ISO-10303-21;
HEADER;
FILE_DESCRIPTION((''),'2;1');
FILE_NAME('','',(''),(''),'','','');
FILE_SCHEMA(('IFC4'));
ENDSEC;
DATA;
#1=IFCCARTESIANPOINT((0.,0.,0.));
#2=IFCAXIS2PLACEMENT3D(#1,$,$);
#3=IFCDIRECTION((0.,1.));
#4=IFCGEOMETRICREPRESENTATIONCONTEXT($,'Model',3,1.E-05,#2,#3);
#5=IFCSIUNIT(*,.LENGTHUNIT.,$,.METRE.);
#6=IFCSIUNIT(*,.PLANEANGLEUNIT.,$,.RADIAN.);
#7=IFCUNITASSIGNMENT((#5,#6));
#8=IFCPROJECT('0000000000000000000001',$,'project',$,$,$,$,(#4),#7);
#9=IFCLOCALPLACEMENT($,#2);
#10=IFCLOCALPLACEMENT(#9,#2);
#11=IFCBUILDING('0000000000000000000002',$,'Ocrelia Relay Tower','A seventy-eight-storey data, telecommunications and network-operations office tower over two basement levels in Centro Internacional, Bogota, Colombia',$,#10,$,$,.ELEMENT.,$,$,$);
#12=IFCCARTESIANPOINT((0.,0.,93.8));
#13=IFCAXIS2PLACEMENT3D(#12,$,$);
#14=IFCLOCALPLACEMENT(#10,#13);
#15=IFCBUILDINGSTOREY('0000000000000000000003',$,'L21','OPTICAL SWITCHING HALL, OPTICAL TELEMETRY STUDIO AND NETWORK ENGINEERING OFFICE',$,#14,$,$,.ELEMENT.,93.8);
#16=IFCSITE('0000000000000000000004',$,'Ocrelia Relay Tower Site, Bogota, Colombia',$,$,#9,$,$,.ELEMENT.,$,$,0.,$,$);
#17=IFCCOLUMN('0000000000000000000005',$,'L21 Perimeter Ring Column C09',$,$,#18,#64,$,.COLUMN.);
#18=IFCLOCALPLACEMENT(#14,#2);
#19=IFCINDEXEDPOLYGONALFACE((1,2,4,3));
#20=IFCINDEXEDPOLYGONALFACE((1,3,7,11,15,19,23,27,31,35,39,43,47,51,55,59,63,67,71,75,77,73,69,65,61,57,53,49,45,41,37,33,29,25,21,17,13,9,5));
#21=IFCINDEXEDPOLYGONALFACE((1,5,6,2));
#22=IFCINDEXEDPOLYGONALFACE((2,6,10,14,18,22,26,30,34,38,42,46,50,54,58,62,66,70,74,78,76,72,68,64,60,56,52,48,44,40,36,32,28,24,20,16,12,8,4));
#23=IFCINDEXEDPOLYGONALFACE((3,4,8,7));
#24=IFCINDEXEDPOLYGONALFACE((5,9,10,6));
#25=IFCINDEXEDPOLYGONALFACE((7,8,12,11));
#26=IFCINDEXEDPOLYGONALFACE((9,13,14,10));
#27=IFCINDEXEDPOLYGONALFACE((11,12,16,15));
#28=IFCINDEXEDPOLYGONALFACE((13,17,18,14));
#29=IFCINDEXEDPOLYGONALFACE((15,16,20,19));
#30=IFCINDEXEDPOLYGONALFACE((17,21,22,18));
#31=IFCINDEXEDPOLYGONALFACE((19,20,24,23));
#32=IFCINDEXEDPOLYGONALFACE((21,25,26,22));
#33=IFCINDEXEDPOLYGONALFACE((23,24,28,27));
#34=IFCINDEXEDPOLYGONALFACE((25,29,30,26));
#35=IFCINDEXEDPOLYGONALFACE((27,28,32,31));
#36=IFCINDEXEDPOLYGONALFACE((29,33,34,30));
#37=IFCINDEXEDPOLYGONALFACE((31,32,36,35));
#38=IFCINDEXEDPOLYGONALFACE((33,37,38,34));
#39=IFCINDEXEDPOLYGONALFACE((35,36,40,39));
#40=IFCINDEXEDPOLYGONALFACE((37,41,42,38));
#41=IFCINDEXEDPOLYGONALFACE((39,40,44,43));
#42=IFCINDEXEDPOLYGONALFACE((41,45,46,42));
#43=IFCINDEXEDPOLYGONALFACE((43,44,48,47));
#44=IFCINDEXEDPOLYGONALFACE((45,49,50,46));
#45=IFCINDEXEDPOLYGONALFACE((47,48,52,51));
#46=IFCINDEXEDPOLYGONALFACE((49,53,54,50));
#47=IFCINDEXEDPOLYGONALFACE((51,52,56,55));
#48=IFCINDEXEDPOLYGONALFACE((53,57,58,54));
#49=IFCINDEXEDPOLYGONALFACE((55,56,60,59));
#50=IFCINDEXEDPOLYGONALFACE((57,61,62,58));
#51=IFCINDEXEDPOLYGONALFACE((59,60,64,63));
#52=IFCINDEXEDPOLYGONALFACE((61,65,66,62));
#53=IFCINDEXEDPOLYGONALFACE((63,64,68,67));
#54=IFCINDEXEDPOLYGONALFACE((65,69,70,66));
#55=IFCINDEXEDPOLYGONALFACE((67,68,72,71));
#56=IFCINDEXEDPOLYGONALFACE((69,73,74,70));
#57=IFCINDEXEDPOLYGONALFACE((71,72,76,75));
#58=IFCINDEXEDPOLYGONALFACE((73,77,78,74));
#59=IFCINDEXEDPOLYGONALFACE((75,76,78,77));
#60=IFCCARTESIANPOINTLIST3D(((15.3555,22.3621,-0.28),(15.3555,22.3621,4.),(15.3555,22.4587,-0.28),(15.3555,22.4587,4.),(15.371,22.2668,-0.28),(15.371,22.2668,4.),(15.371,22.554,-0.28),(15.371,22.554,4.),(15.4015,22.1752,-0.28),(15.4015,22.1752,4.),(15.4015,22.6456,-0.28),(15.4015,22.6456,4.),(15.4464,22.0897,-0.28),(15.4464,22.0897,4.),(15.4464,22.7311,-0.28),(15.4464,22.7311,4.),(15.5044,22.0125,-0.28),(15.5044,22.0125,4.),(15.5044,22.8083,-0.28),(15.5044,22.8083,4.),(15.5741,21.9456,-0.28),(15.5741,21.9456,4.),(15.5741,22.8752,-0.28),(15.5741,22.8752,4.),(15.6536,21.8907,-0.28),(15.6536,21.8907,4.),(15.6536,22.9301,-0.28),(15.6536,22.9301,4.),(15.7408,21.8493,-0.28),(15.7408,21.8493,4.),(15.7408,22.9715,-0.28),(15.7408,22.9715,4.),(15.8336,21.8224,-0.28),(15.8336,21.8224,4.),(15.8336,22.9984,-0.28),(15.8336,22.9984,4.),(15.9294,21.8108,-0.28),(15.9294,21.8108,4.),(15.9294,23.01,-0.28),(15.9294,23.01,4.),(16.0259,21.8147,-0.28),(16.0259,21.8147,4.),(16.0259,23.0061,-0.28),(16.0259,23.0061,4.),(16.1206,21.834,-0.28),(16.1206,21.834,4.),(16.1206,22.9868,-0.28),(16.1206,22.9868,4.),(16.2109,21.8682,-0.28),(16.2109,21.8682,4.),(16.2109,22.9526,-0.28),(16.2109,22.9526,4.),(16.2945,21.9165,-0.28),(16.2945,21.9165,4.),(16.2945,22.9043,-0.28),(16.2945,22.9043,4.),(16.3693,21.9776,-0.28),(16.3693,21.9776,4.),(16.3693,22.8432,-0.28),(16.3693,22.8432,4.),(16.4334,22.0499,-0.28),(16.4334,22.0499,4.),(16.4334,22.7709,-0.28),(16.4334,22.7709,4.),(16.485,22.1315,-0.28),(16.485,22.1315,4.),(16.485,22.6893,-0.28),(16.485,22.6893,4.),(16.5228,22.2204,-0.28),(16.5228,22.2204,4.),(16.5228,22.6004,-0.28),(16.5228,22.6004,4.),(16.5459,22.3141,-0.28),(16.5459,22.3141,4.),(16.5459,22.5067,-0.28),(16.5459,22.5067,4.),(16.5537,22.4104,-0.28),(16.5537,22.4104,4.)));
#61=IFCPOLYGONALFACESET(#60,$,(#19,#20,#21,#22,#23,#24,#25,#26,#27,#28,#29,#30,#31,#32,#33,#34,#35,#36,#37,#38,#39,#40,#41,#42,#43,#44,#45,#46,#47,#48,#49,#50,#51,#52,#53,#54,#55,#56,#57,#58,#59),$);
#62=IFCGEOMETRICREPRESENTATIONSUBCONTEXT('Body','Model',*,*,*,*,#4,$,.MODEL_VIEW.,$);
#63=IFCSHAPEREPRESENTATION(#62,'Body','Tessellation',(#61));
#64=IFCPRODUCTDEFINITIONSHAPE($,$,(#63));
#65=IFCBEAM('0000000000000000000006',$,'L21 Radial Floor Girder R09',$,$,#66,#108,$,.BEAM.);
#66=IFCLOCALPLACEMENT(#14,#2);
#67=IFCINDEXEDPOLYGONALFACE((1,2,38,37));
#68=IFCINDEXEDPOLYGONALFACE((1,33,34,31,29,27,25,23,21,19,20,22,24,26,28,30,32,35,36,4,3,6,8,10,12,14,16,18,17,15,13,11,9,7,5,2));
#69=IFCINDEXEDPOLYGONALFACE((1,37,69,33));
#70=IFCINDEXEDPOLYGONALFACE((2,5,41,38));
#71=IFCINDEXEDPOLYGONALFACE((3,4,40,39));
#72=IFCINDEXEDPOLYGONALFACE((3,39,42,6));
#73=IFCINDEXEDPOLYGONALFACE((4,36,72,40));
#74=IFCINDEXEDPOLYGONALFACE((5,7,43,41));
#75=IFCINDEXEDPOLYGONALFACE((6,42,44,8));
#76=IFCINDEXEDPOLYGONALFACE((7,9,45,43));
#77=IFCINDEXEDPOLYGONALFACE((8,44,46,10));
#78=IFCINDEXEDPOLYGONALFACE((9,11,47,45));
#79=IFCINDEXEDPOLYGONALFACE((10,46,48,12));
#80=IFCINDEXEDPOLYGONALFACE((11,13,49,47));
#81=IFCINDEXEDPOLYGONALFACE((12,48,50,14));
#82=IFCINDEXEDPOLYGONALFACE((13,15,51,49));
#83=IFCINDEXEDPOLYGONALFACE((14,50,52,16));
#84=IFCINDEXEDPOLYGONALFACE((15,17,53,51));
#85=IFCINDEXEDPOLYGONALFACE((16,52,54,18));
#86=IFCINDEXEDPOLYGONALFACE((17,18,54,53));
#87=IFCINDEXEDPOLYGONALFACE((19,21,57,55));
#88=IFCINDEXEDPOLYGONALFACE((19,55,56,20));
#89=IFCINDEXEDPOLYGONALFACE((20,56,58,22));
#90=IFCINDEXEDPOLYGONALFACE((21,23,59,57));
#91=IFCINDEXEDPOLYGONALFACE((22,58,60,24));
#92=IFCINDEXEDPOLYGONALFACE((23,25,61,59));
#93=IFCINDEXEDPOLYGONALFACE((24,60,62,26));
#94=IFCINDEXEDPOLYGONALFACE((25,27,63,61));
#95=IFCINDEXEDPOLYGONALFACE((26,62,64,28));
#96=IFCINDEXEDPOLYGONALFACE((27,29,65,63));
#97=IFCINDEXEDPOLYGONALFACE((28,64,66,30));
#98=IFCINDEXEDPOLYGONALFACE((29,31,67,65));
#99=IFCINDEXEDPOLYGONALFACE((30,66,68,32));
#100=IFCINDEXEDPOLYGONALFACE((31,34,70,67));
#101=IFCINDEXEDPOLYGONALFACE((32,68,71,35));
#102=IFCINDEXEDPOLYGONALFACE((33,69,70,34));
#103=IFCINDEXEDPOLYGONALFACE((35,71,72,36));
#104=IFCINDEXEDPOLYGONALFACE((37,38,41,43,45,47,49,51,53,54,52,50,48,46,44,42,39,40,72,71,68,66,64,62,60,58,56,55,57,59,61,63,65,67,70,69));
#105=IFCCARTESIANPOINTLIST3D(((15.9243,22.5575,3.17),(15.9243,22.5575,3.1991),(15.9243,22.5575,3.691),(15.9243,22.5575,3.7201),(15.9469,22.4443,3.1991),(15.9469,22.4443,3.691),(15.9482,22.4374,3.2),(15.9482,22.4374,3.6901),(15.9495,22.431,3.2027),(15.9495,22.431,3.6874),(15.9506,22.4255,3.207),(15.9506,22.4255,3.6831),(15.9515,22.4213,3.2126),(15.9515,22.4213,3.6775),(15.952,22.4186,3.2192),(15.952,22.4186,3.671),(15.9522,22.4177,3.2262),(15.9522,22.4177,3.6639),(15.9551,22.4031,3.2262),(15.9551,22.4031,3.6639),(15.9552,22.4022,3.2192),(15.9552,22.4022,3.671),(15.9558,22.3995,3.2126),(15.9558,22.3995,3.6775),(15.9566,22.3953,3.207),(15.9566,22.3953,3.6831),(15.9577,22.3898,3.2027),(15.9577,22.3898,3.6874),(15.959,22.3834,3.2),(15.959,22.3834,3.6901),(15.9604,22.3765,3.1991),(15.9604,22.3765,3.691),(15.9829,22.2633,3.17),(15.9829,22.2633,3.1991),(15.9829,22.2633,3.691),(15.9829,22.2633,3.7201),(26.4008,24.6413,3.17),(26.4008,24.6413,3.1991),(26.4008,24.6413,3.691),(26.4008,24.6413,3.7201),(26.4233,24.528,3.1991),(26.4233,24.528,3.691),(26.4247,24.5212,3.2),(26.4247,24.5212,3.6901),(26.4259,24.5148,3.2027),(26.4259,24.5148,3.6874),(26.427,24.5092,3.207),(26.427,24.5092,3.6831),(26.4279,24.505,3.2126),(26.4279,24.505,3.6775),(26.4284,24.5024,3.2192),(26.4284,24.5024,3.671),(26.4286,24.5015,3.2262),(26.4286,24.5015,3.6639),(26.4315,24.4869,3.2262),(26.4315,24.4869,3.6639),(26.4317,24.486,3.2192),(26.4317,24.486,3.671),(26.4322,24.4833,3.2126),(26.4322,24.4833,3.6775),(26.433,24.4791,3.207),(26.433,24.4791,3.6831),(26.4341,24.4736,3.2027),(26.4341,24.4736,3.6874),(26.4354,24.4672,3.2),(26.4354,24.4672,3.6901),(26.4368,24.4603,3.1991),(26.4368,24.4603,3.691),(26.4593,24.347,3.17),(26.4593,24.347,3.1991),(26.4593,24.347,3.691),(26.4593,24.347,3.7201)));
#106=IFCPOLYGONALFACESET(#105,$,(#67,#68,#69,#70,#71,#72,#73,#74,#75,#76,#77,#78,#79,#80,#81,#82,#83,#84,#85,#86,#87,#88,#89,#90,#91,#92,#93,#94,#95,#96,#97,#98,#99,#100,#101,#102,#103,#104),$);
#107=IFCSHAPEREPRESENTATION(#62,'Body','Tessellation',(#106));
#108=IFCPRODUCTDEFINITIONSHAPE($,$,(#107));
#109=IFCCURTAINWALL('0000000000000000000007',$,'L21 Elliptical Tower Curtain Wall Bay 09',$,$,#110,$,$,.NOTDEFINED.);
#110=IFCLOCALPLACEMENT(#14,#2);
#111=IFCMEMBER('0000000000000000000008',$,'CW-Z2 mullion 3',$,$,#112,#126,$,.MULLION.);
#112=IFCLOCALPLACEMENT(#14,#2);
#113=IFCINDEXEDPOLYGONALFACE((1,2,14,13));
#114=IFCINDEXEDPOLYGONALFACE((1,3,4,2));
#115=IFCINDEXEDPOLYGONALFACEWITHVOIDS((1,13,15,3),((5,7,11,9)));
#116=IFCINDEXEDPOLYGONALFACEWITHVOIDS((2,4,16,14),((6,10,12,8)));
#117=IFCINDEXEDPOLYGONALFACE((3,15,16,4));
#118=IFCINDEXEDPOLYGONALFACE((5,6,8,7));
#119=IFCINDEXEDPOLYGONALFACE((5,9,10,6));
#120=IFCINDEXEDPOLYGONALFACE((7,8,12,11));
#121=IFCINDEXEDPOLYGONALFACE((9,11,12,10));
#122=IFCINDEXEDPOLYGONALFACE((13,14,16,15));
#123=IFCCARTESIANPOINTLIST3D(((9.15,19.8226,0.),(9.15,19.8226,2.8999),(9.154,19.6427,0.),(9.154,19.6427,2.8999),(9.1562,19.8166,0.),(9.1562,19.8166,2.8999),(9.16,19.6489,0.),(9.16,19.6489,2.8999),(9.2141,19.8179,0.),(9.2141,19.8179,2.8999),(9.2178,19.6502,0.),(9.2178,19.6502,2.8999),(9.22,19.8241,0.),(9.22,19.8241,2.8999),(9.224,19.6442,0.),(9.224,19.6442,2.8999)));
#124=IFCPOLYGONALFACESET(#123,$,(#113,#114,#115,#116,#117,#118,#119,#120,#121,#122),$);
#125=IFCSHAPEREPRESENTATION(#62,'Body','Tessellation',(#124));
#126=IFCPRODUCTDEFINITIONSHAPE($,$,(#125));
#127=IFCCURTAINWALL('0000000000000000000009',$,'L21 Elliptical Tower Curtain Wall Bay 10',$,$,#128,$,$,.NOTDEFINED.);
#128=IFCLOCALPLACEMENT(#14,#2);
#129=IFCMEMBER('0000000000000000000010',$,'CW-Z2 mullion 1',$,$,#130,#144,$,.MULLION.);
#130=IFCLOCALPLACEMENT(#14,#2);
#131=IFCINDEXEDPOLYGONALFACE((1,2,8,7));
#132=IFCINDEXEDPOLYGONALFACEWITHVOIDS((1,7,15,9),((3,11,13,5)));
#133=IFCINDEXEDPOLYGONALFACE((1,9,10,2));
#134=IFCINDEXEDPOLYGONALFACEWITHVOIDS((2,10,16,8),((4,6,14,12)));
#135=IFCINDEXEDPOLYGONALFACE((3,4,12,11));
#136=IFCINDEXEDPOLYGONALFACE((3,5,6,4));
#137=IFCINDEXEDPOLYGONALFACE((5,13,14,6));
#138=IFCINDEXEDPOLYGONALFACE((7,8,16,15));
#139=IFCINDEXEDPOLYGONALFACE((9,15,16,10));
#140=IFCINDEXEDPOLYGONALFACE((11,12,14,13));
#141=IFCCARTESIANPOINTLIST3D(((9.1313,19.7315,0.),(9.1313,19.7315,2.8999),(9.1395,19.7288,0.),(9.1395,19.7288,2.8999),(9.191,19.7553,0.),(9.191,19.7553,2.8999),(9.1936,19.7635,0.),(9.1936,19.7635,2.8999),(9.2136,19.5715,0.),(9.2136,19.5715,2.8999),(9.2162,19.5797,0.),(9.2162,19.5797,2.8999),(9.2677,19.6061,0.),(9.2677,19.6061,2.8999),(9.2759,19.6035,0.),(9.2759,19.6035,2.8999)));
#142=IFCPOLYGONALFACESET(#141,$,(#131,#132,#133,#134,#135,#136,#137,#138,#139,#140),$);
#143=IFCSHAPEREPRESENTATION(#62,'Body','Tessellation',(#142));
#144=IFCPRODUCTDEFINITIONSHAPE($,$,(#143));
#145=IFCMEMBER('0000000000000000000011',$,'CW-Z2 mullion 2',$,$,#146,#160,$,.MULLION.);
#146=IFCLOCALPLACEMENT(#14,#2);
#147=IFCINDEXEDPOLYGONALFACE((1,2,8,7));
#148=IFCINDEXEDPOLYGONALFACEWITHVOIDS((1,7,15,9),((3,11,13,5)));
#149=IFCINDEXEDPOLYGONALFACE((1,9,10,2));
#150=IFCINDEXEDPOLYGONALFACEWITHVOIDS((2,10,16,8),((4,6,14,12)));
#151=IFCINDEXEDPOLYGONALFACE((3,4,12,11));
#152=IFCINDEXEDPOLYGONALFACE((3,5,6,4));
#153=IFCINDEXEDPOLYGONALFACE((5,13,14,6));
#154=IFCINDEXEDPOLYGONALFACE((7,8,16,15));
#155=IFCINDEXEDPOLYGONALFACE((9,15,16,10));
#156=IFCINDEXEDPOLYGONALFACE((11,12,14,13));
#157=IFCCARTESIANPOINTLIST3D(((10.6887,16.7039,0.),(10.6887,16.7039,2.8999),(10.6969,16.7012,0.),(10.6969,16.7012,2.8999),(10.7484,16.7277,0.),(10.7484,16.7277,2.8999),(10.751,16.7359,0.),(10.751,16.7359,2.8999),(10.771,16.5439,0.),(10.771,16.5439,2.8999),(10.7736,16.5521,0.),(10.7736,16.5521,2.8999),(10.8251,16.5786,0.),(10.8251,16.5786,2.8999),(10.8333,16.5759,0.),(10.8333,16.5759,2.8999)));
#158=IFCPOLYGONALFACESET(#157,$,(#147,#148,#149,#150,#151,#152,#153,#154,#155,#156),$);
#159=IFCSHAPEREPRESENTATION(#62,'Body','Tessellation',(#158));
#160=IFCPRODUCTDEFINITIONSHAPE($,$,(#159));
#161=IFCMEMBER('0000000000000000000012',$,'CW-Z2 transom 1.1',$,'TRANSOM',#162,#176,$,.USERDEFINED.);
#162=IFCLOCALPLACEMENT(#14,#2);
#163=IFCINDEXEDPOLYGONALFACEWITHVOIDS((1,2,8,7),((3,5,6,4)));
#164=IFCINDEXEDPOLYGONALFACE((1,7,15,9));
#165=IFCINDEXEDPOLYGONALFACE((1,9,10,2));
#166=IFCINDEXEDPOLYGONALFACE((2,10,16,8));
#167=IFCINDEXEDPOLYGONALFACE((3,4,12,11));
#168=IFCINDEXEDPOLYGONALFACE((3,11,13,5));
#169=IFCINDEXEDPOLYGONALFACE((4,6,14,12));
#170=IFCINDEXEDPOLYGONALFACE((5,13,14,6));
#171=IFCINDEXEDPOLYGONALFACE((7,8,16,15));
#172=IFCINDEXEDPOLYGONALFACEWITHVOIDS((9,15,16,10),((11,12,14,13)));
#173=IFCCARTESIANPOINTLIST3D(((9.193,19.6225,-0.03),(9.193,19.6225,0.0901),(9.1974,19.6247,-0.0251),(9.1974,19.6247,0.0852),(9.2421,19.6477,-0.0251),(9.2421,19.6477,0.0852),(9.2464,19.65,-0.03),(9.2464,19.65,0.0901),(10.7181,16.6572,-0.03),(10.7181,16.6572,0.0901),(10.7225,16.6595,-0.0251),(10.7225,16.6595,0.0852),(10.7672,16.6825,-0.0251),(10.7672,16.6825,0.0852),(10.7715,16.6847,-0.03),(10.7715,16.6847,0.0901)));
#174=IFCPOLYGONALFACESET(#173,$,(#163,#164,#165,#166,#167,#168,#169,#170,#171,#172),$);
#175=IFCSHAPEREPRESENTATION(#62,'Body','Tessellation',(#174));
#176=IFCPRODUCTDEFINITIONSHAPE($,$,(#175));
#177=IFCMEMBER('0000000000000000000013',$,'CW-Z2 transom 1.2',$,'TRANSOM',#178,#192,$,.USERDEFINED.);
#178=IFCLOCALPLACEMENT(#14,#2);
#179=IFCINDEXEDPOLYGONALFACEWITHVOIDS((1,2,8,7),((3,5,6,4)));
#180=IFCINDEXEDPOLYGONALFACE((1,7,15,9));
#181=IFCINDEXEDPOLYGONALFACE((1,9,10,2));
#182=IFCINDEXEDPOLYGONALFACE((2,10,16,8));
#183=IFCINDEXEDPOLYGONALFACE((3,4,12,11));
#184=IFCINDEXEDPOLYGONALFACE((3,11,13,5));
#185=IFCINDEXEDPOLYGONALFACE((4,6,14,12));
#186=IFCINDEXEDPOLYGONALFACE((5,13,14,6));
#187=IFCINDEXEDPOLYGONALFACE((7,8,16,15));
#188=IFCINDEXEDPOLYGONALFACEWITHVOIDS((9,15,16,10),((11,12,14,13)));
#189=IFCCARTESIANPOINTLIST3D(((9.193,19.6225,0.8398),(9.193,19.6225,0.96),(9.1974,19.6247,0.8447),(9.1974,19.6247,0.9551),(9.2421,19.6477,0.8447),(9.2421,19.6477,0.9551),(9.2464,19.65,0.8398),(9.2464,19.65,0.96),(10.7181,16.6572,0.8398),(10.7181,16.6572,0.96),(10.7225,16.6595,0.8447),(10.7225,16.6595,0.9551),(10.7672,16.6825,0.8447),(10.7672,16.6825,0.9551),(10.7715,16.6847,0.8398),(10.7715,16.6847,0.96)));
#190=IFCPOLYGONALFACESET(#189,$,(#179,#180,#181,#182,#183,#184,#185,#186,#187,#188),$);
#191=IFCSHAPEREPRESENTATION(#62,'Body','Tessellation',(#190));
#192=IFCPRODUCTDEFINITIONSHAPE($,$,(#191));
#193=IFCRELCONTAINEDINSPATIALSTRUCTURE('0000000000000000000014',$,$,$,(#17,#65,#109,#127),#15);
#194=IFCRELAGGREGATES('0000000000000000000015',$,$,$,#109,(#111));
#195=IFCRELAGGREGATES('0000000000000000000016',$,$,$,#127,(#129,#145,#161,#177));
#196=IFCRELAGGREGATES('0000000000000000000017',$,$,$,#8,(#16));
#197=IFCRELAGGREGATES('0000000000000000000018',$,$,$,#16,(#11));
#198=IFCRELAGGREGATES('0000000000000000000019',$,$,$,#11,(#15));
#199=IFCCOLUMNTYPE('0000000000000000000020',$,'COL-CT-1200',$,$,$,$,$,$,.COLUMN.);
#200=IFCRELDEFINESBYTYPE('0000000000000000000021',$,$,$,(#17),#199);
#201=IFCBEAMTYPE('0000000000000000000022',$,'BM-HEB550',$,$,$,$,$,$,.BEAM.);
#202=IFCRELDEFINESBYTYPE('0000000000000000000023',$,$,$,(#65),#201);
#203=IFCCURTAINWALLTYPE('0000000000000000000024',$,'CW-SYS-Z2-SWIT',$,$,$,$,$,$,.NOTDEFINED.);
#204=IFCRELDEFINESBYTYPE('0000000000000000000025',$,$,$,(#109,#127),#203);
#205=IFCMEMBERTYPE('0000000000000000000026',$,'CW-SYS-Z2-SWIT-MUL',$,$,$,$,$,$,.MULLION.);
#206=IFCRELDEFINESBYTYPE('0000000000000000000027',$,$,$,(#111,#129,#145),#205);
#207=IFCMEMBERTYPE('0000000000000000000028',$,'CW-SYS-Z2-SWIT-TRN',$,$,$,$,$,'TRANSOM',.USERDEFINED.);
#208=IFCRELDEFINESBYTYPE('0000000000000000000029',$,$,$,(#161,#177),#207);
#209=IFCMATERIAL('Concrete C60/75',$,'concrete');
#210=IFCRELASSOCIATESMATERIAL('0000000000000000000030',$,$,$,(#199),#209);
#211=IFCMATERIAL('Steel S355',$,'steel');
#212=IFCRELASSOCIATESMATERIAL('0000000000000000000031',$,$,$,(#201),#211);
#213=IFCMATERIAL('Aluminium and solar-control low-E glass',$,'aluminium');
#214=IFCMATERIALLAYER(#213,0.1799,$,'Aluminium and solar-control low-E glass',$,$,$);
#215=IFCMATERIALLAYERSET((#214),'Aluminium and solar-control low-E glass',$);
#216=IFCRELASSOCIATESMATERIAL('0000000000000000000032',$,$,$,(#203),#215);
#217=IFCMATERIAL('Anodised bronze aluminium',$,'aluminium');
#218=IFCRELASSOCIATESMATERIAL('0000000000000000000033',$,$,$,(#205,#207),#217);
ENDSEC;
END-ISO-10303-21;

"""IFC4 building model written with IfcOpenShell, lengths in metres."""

from ifc_helpers import new_model, si_unit, direction, frame, origin, origin_2d, place, context, subcontext, project, spatial, hollow_rectangle, circle, i_section, extrude, material, layer, layer_set, material_profile, profile_set, type_object, element, aggregate, save


model = new_model("IFC4")

# Units and contexts
model_context = context("Model", 3, precision=1e-05, world=origin(), true_north=direction((0.0, 1.0)))
body_context = subcontext(model_context, "Body", "Model", "MODEL_VIEW")
ifc_project = project(units=[si_unit("LENGTHUNIT", "METRE"), si_unit("PLANEANGLEUNIT", "RADIAN")], contexts=[model_context])

# Site, building, storey
site_placement = place(None, origin())
site = spatial("IfcSite", under=ifc_project, at=site_placement, Name="Ocrelia Relay Tower Site, Bogota, Colombia", CompositionType="ELEMENT", RefElevation=0.0)
building_placement = place(site_placement, origin())
building = spatial("IfcBuilding", under=site, at=building_placement, Name="Ocrelia Relay Tower", Description="A seventy-eight-storey data, telecommunications and network-operations office tower over two basement levels in Centro Internacional, Bogota, Colombia", CompositionType="ELEMENT")
storey_placement = place(building_placement, frame((0.0, 0.0, 93.8)))
storey = spatial("IfcBuildingStorey", under=building, at=storey_placement, Name="L21", Description="OPTICAL SWITCHING HALL, OPTICAL TELEMETRY STUDIO AND NETWORK ENGINEERING OFFICE", CompositionType="ELEMENT", Elevation=93.8)

# Column
ifc_material_1 = material(Name="Concrete C60/75", Category="concrete")
ifc_material_profile_1 = material_profile(ifc_material_1, circle(Radius=0.6001, at=origin_2d()), Name="RC-CIR-1200")
ifc_profile_set_1 = profile_set([ifc_material_profile_1], Name="Concrete C60/75")
column_type = type_object("IfcColumnType", Name="COL-CT-1200", PredefinedType="COLUMN", material=ifc_profile_set_1)
column_placement = place(storey_placement, frame((15.9536, 22.4104, -0.28), z_axis=(0.0, 0.0, 1.0), x_axis=(1.0, 0.0, 0.0)))
element("IfcColumn", 1, at=column_placement, inside=storey, type_object=column_type, Name="L21 Perimeter Ring Column C09", PredefinedType="COLUMN", context=body_context, shape_type="SweptSolid", body=[
    extrude(circle(Radius=0.6001, at=origin_2d()), origin(), (0.0, 0.0, 1.0), 4.28),
])

# Beam
ifc_material_2 = material(Name="Steel S355", Category="steel")
ifc_material_profile_2 = material_profile(ifc_material_2, i_section(OverallWidth=0.3, OverallDepth=0.55, WebThickness=0.0149, FlangeThickness=0.0291, FilletRadius=0.0271, at=origin_2d()), Name="HEB 550")
ifc_profile_set_2 = profile_set([ifc_material_profile_2], Name="Steel S355")
beam_type = type_object("IfcBeamType", Name="BM-HEB550", PredefinedType="BEAM", material=ifc_profile_set_2)
beam_placement = place(storey_placement, frame((15.9536, 22.4104, 3.4451), z_axis=(0.980788, 0.195079, 0.0), x_axis=(-0.195079, 0.980788, 0.0)))
element("IfcBeam", 2, at=beam_placement, inside=storey, type_object=beam_type, Name="L21 Radial Floor Girder R09", PredefinedType="BEAM", context=body_context, shape_type="SweptSolid", body=[
    extrude(i_section(OverallWidth=0.3, OverallDepth=0.55, WebThickness=0.0149, FlangeThickness=0.0291, FilletRadius=0.0271, at=origin_2d()), origin(), (0.0, 0.0, 1.0), 10.6816),
])

# Curtain wall, member
ifc_material_3 = material(Name="Aluminium and solar-control low-E glass", Category="aluminium")
ifc_layer_1 = layer(ifc_material_3, 0.1799, Name="Aluminium and solar-control low-E glass")
ifc_layer_set_1 = layer_set([ifc_layer_1], Name="Aluminium and solar-control low-E glass")
curtain_wall_type = type_object("IfcCurtainWallType", Name="CW-SYS-Z2-SWIT", PredefinedType="NOTDEFINED", material=ifc_layer_set_1)
curtain_wall_1_placement = place(storey_placement, origin())
curtain_wall_1 = element("IfcCurtainWall", 3, at=curtain_wall_1_placement, inside=storey, type_object=curtain_wall_type, Name="L21 Elliptical Tower Curtain Wall Bay 09", PredefinedType="NOTDEFINED")
ifc_material_4 = material(Name="Anodised bronze aluminium", Category="aluminium")
ifc_material_profile_3 = material_profile(ifc_material_4, hollow_rectangle(XDim=0.0701, YDim=0.1799, WallThickness=0.0061, at=origin_2d()), Name="CW-MUL-180x70")
ifc_profile_set_3 = profile_set([ifc_material_profile_3], Name="Anodised bronze aluminium")
member_type_1 = type_object("IfcMemberType", Name="CW-SYS-Z2-SWIT-MUL", PredefinedType="MULLION", material=ifc_profile_set_3)
member_1_placement = place(storey_placement, frame((9.187, 19.7334, 0.0), z_axis=(0.0, 0.0, 1.0), x_axis=(0.99975, 0.022358, 0.0)))
member_1 = element("IfcMember", 4, at=member_1_placement, type_object=member_type_1, Name="CW-Z2 mullion 3", PredefinedType="MULLION", context=body_context, shape_type="SweptSolid", body=[
    extrude(hollow_rectangle(XDim=0.0701, YDim=0.1799, WallThickness=0.0061, at=origin_2d()), origin(), (0.0, 0.0, 1.0), 2.8999),
])

# Curtain wall, members
curtain_wall_2_placement = place(storey_placement, origin())
curtain_wall_2 = element("IfcCurtainWall", 5, at=curtain_wall_2_placement, inside=storey, type_object=curtain_wall_type, Name="L21 Elliptical Tower Curtain Wall Bay 10", PredefinedType="NOTDEFINED")
member_2_placement = place(storey_placement, frame((9.2036, 19.6675, 0.0), z_axis=(0.0, 0.0, 1.0), x_axis=(0.889261, 0.457401, 0.0)))
member_2 = element("IfcMember", 6, at=member_2_placement, type_object=member_type_1, Name="CW-Z2 mullion 1", PredefinedType="MULLION", context=body_context, shape_type="SweptSolid", body=[
    extrude(hollow_rectangle(XDim=0.0701, YDim=0.1799, WallThickness=0.0061, at=origin_2d()), origin(), (0.0, 0.0, 1.0), 2.8999),
])
member_3_placement = place(storey_placement, frame((10.761, 16.6399, 0.0), z_axis=(0.0, 0.0, 1.0), x_axis=(0.889261, 0.457401, 0.0)))
member_3 = element("IfcMember", 7, at=member_3_placement, type_object=member_type_1, Name="CW-Z2 mullion 2", PredefinedType="MULLION", context=body_context, shape_type="SweptSolid", body=[
    extrude(hollow_rectangle(XDim=0.0701, YDim=0.1799, WallThickness=0.0061, at=origin_2d()), origin(), (0.0, 0.0, 1.0), 2.8999),
])
ifc_material_profile_4 = material_profile(ifc_material_4, hollow_rectangle(XDim=0.0601, YDim=0.1201, WallThickness=0.0049, at=origin_2d()), Name="CW-TRN-120x60")
ifc_profile_set_4 = profile_set([ifc_material_profile_4], Name="Anodised bronze aluminium")
member_type_2 = type_object("IfcMemberType", Name="CW-SYS-Z2-SWIT-TRN", ElementType="TRANSOM", PredefinedType="USERDEFINED", material=ifc_profile_set_4)
member_4_placement = place(storey_placement, frame((9.2197, 19.6362, 0.03), z_axis=(0.457376, -0.889273, 0.0), x_axis=(0.889273, 0.457376, 0.0)))
member_4 = element("IfcMember", 8, at=member_4_placement, type_object=member_type_2, Name="CW-Z2 transom 1.1", ObjectType="TRANSOM", PredefinedType="USERDEFINED", context=body_context, shape_type="SweptSolid", body=[
    extrude(hollow_rectangle(XDim=0.0601, YDim=0.1201, WallThickness=0.0049, at=origin_2d()), origin(), (0.0, 0.0, 1.0), 3.3345),
])
member_5_placement = place(storey_placement, frame((9.2197, 19.6362, 0.8999), z_axis=(0.457376, -0.889273, 0.0), x_axis=(0.889273, 0.457376, 0.0)))
member_5 = element("IfcMember", 9, at=member_5_placement, type_object=member_type_2, Name="CW-Z2 transom 1.2", ObjectType="TRANSOM", PredefinedType="USERDEFINED", context=body_context, shape_type="SweptSolid", body=[
    extrude(hollow_rectangle(XDim=0.0601, YDim=0.1201, WallThickness=0.0049, at=origin_2d()), origin(), (0.0, 0.0, 1.0), 3.3345),
])

aggregate(curtain_wall_1, [member_1])
aggregate(curtain_wall_2, [member_2, member_3, member_4, member_5])

save(model, "model.ifc")
